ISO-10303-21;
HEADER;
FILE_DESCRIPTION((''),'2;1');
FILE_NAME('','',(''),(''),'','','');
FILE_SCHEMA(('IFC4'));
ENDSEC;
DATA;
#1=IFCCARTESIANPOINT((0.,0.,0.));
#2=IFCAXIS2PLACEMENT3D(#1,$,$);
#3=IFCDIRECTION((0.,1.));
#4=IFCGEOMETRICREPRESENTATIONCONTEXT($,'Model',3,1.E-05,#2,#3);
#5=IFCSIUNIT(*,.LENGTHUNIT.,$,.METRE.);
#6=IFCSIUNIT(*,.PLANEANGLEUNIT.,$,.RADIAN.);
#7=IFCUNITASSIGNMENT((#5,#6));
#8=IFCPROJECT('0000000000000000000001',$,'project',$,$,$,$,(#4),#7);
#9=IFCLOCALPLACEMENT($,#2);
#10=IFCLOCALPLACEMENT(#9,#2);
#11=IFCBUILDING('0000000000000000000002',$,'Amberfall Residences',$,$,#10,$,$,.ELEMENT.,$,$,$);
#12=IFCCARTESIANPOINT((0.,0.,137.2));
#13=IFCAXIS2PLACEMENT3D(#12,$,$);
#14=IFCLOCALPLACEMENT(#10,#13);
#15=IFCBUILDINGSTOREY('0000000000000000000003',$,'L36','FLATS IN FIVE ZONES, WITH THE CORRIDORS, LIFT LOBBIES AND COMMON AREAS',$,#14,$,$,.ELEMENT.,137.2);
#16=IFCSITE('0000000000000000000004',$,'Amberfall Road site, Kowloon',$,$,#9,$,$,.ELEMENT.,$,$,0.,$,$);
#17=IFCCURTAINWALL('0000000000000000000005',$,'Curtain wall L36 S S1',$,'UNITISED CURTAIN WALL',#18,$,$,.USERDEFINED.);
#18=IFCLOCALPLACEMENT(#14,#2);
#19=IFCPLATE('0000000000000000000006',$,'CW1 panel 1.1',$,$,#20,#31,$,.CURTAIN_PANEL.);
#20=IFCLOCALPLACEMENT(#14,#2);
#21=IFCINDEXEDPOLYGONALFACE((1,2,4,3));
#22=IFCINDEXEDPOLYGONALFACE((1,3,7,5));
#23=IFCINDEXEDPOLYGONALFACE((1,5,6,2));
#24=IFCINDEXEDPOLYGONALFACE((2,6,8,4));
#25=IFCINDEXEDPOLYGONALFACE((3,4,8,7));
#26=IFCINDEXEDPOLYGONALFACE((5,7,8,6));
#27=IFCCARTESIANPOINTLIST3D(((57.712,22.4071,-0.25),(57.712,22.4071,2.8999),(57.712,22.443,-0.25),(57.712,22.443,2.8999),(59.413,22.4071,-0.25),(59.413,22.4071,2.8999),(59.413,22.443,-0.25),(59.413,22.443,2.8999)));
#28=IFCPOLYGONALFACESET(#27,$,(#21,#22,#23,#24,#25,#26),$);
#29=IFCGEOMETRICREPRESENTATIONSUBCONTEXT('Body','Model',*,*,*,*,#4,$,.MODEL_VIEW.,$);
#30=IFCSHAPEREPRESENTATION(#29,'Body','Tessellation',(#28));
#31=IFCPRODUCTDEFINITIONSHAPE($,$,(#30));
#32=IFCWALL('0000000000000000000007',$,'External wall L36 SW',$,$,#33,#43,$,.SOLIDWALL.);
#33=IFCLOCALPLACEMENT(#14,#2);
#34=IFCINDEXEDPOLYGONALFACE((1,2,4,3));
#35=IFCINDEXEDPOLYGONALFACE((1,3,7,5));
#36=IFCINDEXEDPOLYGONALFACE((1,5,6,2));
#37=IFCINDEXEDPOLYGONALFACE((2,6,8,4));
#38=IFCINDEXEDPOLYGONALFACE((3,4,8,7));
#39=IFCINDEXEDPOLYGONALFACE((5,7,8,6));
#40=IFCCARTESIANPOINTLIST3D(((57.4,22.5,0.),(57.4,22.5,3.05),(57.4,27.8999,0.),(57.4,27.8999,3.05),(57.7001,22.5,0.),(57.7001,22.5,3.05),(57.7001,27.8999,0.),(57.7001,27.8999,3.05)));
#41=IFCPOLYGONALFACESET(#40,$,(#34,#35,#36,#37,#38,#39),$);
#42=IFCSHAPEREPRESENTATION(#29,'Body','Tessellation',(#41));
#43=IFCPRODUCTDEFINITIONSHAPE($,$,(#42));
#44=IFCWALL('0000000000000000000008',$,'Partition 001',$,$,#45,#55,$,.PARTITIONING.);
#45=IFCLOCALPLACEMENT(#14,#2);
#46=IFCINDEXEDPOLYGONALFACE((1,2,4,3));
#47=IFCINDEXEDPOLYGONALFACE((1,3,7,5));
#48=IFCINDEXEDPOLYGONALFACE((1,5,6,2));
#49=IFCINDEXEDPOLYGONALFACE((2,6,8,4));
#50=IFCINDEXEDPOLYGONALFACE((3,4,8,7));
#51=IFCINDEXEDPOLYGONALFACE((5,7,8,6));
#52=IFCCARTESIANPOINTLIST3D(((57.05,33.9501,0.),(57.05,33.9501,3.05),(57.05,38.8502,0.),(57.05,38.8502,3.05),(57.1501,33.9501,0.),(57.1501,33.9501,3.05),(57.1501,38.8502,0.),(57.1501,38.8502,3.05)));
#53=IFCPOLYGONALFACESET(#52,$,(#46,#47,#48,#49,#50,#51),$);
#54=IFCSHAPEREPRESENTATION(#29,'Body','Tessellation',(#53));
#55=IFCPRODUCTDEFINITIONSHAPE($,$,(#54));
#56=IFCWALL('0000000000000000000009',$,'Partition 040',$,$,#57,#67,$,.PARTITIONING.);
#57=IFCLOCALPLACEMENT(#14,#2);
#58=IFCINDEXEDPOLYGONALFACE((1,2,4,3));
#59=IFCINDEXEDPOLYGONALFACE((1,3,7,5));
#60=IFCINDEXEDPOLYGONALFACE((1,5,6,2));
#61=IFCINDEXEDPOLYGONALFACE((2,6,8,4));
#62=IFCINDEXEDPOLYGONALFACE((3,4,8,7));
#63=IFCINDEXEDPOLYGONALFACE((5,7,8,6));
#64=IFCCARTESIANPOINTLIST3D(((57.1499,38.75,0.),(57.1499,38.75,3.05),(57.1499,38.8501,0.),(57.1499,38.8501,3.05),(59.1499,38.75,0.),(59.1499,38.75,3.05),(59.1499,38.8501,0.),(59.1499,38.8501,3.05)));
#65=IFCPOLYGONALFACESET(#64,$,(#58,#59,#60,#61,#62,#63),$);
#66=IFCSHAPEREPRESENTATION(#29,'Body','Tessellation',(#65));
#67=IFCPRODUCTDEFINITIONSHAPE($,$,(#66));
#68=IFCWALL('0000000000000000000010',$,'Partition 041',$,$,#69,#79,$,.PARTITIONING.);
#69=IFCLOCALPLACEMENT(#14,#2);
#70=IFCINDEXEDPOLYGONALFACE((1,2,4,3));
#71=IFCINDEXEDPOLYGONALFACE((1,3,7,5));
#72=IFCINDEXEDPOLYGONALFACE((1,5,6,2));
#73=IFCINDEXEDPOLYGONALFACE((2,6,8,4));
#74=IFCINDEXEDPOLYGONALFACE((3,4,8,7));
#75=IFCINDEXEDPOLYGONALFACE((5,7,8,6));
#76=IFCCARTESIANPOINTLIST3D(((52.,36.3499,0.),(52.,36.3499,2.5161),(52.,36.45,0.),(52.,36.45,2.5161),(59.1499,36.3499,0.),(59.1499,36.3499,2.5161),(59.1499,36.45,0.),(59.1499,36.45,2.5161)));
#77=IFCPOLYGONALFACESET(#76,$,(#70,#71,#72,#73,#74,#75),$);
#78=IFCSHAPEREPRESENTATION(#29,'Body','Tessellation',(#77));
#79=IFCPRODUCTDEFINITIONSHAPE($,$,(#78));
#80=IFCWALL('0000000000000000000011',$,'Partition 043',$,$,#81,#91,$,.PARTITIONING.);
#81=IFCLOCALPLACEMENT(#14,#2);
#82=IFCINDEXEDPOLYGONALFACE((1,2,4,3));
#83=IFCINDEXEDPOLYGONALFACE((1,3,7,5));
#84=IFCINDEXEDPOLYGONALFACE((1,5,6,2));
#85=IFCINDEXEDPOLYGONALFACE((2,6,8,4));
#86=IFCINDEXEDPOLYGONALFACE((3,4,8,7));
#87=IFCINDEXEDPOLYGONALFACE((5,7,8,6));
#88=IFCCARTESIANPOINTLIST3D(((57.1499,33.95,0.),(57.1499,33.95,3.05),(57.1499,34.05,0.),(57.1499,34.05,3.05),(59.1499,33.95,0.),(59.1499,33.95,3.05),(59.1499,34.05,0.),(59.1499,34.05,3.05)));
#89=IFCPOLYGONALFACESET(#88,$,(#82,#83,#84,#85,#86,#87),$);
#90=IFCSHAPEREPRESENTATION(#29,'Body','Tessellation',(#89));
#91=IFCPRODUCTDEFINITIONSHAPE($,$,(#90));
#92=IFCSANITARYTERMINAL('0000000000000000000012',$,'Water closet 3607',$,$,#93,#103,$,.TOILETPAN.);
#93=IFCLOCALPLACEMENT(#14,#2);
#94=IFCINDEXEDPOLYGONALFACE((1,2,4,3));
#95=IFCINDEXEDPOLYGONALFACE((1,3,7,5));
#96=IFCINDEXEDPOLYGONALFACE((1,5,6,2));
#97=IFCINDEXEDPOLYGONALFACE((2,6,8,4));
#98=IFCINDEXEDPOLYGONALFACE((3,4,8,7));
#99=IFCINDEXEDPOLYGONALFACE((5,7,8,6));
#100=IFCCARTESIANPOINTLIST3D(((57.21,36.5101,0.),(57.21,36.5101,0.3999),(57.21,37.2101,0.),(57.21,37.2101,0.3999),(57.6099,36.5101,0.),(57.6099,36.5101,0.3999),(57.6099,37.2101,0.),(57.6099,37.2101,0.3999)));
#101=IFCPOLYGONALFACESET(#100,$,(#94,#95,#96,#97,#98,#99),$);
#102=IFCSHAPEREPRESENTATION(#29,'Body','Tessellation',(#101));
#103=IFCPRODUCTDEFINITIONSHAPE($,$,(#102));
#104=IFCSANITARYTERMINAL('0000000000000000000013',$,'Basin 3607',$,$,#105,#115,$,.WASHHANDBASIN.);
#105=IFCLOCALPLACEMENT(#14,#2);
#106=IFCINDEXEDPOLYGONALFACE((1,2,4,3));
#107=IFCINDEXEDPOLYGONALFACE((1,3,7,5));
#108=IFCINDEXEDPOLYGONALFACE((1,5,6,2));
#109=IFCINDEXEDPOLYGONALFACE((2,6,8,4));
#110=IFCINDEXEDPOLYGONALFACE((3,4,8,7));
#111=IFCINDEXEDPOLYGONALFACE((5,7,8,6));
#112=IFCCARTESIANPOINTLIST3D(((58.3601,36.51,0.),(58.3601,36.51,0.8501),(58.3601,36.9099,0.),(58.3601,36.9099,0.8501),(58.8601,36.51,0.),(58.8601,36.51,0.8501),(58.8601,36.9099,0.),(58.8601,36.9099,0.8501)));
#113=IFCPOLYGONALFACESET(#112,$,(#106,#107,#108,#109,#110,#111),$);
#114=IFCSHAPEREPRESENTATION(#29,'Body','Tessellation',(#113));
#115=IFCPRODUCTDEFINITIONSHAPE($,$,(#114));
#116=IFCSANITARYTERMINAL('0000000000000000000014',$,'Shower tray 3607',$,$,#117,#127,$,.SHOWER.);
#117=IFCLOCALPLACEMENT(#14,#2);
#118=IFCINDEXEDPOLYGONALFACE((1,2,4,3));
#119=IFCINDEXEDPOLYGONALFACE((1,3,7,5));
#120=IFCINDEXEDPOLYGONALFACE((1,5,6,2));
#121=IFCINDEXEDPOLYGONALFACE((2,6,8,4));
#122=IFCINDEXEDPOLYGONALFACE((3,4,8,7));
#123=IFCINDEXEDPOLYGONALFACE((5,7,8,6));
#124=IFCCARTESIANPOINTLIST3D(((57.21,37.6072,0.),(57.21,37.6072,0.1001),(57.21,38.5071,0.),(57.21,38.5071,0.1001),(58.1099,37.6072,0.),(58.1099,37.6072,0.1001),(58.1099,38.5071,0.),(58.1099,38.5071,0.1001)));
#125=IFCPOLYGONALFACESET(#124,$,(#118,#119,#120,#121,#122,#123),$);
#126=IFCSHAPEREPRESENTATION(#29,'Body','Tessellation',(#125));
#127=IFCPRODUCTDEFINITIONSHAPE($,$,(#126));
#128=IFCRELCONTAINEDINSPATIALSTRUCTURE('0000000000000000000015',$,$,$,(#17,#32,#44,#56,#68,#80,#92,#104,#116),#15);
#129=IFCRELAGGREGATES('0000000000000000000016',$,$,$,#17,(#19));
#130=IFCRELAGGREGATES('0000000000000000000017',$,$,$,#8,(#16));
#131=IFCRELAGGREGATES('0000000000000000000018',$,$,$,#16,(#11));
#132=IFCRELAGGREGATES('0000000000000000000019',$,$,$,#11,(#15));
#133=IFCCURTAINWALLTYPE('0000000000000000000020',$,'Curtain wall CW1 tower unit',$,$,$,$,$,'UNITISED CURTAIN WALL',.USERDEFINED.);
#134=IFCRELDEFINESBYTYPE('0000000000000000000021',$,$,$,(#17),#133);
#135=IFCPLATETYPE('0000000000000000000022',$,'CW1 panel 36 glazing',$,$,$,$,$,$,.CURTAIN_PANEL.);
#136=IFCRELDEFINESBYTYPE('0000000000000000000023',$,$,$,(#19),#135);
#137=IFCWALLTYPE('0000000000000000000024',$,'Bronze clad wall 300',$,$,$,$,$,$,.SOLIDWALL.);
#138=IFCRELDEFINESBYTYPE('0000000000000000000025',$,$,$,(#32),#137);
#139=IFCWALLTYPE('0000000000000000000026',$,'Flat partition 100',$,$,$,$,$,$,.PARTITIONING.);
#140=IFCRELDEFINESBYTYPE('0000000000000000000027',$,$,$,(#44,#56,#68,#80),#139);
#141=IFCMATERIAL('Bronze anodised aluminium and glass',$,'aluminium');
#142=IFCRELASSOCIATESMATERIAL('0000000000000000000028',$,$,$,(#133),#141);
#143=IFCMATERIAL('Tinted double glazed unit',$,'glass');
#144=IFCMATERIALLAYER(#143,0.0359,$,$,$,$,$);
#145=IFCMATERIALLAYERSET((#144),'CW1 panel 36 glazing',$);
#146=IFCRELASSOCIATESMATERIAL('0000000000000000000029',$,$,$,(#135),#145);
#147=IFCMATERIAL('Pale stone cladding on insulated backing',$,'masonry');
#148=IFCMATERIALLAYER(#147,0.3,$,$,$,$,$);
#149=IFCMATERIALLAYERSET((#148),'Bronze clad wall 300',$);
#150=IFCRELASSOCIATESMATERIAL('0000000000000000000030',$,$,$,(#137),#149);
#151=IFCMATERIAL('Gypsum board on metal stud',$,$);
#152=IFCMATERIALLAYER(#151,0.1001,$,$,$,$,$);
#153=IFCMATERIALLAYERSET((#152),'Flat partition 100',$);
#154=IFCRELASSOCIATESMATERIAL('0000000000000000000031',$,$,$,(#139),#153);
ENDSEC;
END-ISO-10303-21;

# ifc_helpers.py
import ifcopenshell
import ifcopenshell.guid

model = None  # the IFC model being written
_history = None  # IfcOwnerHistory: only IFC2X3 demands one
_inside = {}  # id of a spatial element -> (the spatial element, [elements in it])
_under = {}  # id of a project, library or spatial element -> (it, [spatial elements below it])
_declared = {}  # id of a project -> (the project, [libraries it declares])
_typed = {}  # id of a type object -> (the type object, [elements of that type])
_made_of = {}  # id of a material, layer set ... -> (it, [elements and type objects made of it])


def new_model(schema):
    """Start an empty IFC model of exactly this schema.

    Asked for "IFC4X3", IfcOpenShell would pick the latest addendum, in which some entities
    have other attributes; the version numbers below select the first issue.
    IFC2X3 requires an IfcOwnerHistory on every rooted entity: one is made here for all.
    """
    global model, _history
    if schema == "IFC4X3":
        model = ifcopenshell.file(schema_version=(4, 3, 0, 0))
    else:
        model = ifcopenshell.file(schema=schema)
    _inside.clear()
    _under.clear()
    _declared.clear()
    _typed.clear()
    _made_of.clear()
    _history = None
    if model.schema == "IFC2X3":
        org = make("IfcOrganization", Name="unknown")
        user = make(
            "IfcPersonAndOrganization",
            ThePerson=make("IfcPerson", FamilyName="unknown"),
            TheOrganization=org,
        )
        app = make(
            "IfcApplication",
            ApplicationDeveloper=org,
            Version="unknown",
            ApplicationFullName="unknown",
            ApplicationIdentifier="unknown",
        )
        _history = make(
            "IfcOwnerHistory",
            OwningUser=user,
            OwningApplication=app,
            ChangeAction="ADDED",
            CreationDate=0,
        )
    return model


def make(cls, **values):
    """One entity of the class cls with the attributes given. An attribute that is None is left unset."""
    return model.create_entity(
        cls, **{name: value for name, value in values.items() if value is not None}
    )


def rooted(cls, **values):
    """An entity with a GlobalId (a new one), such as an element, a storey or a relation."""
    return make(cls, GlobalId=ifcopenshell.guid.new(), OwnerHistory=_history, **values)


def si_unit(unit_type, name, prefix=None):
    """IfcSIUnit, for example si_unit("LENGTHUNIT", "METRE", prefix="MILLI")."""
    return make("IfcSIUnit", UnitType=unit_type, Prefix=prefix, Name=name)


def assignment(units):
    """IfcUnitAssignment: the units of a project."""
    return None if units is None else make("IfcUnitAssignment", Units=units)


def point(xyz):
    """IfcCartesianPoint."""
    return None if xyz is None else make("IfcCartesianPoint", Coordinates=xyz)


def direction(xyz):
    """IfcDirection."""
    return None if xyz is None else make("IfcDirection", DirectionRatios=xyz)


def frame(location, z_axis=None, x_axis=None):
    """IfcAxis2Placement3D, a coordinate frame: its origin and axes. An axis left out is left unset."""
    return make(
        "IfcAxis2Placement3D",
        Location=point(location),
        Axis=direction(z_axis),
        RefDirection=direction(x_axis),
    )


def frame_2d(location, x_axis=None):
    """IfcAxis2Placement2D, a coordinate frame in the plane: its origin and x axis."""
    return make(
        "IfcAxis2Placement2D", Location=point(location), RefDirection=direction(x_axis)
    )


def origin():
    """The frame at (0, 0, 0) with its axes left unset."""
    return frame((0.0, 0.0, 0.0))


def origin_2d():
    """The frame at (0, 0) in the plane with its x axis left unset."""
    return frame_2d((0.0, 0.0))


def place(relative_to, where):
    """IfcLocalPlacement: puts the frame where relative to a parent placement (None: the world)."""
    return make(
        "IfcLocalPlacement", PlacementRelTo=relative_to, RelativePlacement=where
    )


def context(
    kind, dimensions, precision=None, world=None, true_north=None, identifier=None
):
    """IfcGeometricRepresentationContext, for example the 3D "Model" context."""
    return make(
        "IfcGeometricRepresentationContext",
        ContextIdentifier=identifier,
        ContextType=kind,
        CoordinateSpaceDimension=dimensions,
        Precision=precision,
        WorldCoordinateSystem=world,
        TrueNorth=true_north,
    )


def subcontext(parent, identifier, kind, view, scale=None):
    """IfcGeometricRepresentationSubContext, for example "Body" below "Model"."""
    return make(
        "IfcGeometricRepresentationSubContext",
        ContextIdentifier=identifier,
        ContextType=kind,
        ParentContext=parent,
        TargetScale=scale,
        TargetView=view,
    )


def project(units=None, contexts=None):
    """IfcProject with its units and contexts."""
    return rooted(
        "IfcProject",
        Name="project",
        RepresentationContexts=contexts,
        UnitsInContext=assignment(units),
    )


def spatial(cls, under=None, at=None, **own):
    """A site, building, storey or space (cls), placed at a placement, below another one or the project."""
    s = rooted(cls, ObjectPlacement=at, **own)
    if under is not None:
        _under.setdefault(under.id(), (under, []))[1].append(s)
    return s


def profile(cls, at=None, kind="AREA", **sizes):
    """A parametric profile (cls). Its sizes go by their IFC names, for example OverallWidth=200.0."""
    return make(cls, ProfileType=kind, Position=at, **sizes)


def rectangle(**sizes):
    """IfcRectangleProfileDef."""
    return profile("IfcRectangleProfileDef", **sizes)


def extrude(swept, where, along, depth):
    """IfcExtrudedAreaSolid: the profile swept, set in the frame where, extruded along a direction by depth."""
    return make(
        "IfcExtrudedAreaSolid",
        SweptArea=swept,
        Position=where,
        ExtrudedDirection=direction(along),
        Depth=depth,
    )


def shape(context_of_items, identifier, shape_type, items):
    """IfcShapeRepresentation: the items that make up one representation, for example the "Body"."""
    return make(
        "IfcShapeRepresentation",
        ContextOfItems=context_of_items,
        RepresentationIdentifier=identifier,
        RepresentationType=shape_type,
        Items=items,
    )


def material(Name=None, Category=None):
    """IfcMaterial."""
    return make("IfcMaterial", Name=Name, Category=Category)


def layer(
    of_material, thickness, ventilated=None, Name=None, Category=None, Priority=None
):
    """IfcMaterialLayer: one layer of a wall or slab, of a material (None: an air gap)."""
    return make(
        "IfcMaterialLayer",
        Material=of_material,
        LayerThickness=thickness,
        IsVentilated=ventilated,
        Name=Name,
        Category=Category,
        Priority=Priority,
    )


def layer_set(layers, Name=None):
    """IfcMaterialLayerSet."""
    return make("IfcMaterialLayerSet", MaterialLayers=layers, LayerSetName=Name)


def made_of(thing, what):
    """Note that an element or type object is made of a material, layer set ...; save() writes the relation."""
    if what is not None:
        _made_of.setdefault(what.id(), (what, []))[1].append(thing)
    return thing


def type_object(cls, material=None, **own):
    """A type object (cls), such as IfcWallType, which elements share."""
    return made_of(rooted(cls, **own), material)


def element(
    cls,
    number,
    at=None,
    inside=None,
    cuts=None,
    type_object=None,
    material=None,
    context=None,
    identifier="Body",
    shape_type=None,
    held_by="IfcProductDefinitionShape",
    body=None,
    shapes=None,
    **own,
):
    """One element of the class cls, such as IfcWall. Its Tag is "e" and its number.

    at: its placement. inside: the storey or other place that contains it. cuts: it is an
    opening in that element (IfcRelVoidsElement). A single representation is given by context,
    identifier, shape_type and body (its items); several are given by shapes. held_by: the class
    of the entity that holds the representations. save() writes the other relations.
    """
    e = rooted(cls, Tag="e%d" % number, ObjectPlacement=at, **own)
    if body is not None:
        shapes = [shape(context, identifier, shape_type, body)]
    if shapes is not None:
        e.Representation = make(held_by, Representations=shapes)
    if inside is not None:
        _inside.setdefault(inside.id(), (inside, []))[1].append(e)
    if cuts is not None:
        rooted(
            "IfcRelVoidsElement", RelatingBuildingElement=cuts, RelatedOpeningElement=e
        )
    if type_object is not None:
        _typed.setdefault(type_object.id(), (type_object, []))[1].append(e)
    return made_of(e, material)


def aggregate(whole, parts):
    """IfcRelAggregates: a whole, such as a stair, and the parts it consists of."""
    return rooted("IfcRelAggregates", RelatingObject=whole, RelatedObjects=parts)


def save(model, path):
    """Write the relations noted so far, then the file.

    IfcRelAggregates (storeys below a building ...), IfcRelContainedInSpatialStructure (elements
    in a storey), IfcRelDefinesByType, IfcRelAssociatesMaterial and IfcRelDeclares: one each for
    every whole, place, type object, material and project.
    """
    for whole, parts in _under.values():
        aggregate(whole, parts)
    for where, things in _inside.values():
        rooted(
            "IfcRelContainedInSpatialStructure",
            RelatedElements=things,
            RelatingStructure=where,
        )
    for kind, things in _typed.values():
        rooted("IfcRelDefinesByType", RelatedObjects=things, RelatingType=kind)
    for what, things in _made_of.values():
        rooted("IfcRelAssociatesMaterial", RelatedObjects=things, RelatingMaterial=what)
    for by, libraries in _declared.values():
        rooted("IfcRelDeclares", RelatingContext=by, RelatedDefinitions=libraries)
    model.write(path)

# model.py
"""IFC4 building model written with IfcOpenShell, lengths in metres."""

from ifc_helpers import new_model, si_unit, direction, frame, frame_2d, origin, origin_2d, place, context, subcontext, project, spatial, rectangle, extrude, material, layer, layer_set, type_object, element, aggregate, save


model = new_model("IFC4")

# Units and contexts
model_context = context("Model", 3, precision=1e-05, world=origin(), true_north=direction((0.0, 1.0)))
body_context = subcontext(model_context, "Body", "Model", "MODEL_VIEW")
ifc_project = project(units=[si_unit("LENGTHUNIT", "METRE"), si_unit("PLANEANGLEUNIT", "RADIAN")], contexts=[model_context])

# Site, building, storey
site_placement = place(None, origin())
site = spatial("IfcSite", under=ifc_project, at=site_placement, Name="Amberfall Road site, Kowloon", CompositionType="ELEMENT", RefElevation=0.0)
building_placement = place(site_placement, origin())
building = spatial("IfcBuilding", under=site, at=building_placement, Name="Amberfall Residences", CompositionType="ELEMENT")
storey_placement = place(building_placement, frame((0.0, 0.0, 137.2)))
storey = spatial("IfcBuildingStorey", under=building, at=storey_placement, Name="L36", Description="FLATS IN FIVE ZONES, WITH THE CORRIDORS, LIFT LOBBIES AND COMMON AREAS", CompositionType="ELEMENT", Elevation=137.2)

# Curtain wall
ifc_material_1 = material(Name="Bronze anodised aluminium and glass", Category="aluminium")
curtain_wall_type = type_object("IfcCurtainWallType", Name="Curtain wall CW1 tower unit", ElementType="UNITISED CURTAIN WALL", PredefinedType="USERDEFINED", material=ifc_material_1)
curtain_wall_placement = place(storey_placement, origin())
curtain_wall = element("IfcCurtainWall", 1, at=curtain_wall_placement, inside=storey, type_object=curtain_wall_type, Name="Curtain wall L36 S S1", ObjectType="UNITISED CURTAIN WALL", PredefinedType="USERDEFINED")

# Plate
ifc_material_2 = material(Name="Tinted double glazed unit", Category="glass")
ifc_layer_1 = layer(ifc_material_2, 0.0359)
ifc_layer_set_1 = layer_set([ifc_layer_1], Name="CW1 panel 36 glazing")
plate_type = type_object("IfcPlateType", Name="CW1 panel 36 glazing", PredefinedType="CURTAIN_PANEL", material=ifc_layer_set_1)
plate_placement = place(storey_placement, frame((58.5625, 22.425, -0.25), z_axis=(0.0, 0.0, 1.0), x_axis=(1.0, 0.0, 0.0)))
plate = element("IfcPlate", 2, at=plate_placement, type_object=plate_type, Name="CW1 panel 1.1", PredefinedType="CURTAIN_PANEL", context=body_context, shape_type="SweptSolid", body=[
    extrude(rectangle(XDim=1.7009, YDim=0.0359, at=origin_2d()), origin(), (0.0, 0.0, 1.0), 3.1499),
])
aggregate(curtain_wall, [plate])

# Walls
ifc_material_3 = material(Name="Pale stone cladding on insulated backing", Category="masonry")
ifc_layer_2 = layer(ifc_material_3, 0.3)
ifc_layer_set_2 = layer_set([ifc_layer_2], Name="Bronze clad wall 300")
wall_type_1 = type_object("IfcWallType", Name="Bronze clad wall 300", PredefinedType="SOLIDWALL", material=ifc_layer_set_2)
wall_1_placement = place(storey_placement, frame((57.55, 27.8999, 0.0), z_axis=(0.0, 0.0, 1.0), x_axis=(0.0, -1.0, 0.0)))
element("IfcWall", 3, at=wall_1_placement, inside=storey, type_object=wall_type_1, Name="External wall L36 SW", PredefinedType="SOLIDWALL", context=body_context, shape_type="SweptSolid", body=[
    extrude(rectangle(XDim=5.3999, YDim=0.3, at=frame_2d((2.7, 0.0))), origin(), (0.0, 0.0, 1.0), 3.05),
])
ifc_material_4 = material(Name="Gypsum board on metal stud")
ifc_layer_3 = layer(ifc_material_4, 0.1001)
ifc_layer_set_3 = layer_set([ifc_layer_3], Name="Flat partition 100")
wall_type_2 = type_object("IfcWallType", Name="Flat partition 100", PredefinedType="PARTITIONING", material=ifc_layer_set_3)
wall_2_placement = place(storey_placement, frame((57.1001, 33.95, 0.0), z_axis=(0.0, 0.0, 1.0), x_axis=(0.0, 1.0, 0.0)))
element("IfcWall", 4, at=wall_2_placement, inside=storey, type_object=wall_type_2, Name="Partition 001", PredefinedType="PARTITIONING", context=body_context, shape_type="SweptSolid", body=[
    extrude(rectangle(XDim=4.9001, YDim=0.1001, at=frame_2d((2.4502, 0.0))), origin(), (0.0, 0.0, 1.0), 3.05),
])
wall_3_placement = place(storey_placement, frame((57.1499, 38.8, 0.0), z_axis=(0.0, 0.0, 1.0), x_axis=(1.0, 0.0, 0.0)))
element("IfcWall", 5, at=wall_3_placement, inside=storey, type_object=wall_type_2, Name="Partition 040", PredefinedType="PARTITIONING", context=body_context, shape_type="SweptSolid", body=[
    extrude(rectangle(XDim=2.0, YDim=0.1001, at=frame_2d((1.0, 0.0))), origin(), (0.0, 0.0, 1.0), 3.05),
])
wall_4_placement = place(storey_placement, frame((52.0, 36.3999, 0.0), z_axis=(0.0, 0.0, 1.0), x_axis=(1.0, 0.0, 0.0)))
element("IfcWall", 6, at=wall_4_placement, inside=storey, type_object=wall_type_2, Name="Partition 041", PredefinedType="PARTITIONING", context=body_context, shape_type="SweptSolid", body=[
    extrude(rectangle(XDim=7.1499, YDim=0.1001, at=frame_2d((3.575, 0.0))), origin(), (0.0, 0.0, 1.0), 2.5161),
])
wall_5_placement = place(storey_placement, frame((57.1499, 34.0, 0.0), z_axis=(0.0, 0.0, 1.0), x_axis=(1.0, 0.0, 0.0)))
element("IfcWall", 7, at=wall_5_placement, inside=storey, type_object=wall_type_2, Name="Partition 043", PredefinedType="PARTITIONING", context=body_context, shape_type="SweptSolid", body=[
    extrude(rectangle(XDim=2.0, YDim=0.1001, at=frame_2d((1.0, 0.0))), origin(), (0.0, 0.0, 1.0), 3.05),
])

# Sanitary terminals
sanitary_terminal_1_placement = place(storey_placement, frame((57.4099, 36.8601, 0.0), z_axis=(0.0, 0.0, 1.0), x_axis=(1.0, 0.0, 0.0)))
element("IfcSanitaryTerminal", 8, at=sanitary_terminal_1_placement, inside=storey, Name="Water closet 3607", PredefinedType="TOILETPAN", context=body_context, shape_type="SweptSolid", body=[
    extrude(rectangle(XDim=0.3999, YDim=0.7, at=origin_2d()), origin(), (0.0, 0.0, 1.0), 0.3999),
])
sanitary_terminal_2_placement = place(storey_placement, frame((58.6101, 36.71, 0.0), z_axis=(0.0, 0.0, 1.0), x_axis=(1.0, 0.0, 0.0)))
element("IfcSanitaryTerminal", 9, at=sanitary_terminal_2_placement, inside=storey, Name="Basin 3607", PredefinedType="WASHHANDBASIN", context=body_context, shape_type="SweptSolid", body=[
    extrude(rectangle(XDim=0.5, YDim=0.3999, at=origin_2d()), origin(), (0.0, 0.0, 1.0), 0.8501),
])
sanitary_terminal_3_placement = place(storey_placement, frame((57.6599, 38.0571, 0.0), z_axis=(0.0, 0.0, 1.0), x_axis=(1.0, 0.0, 0.0)))
element("IfcSanitaryTerminal", 10, at=sanitary_terminal_3_placement, inside=storey, Name="Shower tray 3607", PredefinedType="SHOWER", context=body_context, shape_type="SweptSolid", body=[
    extrude(rectangle(XDim=0.8999, YDim=0.8999, at=origin_2d()), origin(), (0.0, 0.0, 1.0), 0.1001),
])

save(model, "model.ifc")
